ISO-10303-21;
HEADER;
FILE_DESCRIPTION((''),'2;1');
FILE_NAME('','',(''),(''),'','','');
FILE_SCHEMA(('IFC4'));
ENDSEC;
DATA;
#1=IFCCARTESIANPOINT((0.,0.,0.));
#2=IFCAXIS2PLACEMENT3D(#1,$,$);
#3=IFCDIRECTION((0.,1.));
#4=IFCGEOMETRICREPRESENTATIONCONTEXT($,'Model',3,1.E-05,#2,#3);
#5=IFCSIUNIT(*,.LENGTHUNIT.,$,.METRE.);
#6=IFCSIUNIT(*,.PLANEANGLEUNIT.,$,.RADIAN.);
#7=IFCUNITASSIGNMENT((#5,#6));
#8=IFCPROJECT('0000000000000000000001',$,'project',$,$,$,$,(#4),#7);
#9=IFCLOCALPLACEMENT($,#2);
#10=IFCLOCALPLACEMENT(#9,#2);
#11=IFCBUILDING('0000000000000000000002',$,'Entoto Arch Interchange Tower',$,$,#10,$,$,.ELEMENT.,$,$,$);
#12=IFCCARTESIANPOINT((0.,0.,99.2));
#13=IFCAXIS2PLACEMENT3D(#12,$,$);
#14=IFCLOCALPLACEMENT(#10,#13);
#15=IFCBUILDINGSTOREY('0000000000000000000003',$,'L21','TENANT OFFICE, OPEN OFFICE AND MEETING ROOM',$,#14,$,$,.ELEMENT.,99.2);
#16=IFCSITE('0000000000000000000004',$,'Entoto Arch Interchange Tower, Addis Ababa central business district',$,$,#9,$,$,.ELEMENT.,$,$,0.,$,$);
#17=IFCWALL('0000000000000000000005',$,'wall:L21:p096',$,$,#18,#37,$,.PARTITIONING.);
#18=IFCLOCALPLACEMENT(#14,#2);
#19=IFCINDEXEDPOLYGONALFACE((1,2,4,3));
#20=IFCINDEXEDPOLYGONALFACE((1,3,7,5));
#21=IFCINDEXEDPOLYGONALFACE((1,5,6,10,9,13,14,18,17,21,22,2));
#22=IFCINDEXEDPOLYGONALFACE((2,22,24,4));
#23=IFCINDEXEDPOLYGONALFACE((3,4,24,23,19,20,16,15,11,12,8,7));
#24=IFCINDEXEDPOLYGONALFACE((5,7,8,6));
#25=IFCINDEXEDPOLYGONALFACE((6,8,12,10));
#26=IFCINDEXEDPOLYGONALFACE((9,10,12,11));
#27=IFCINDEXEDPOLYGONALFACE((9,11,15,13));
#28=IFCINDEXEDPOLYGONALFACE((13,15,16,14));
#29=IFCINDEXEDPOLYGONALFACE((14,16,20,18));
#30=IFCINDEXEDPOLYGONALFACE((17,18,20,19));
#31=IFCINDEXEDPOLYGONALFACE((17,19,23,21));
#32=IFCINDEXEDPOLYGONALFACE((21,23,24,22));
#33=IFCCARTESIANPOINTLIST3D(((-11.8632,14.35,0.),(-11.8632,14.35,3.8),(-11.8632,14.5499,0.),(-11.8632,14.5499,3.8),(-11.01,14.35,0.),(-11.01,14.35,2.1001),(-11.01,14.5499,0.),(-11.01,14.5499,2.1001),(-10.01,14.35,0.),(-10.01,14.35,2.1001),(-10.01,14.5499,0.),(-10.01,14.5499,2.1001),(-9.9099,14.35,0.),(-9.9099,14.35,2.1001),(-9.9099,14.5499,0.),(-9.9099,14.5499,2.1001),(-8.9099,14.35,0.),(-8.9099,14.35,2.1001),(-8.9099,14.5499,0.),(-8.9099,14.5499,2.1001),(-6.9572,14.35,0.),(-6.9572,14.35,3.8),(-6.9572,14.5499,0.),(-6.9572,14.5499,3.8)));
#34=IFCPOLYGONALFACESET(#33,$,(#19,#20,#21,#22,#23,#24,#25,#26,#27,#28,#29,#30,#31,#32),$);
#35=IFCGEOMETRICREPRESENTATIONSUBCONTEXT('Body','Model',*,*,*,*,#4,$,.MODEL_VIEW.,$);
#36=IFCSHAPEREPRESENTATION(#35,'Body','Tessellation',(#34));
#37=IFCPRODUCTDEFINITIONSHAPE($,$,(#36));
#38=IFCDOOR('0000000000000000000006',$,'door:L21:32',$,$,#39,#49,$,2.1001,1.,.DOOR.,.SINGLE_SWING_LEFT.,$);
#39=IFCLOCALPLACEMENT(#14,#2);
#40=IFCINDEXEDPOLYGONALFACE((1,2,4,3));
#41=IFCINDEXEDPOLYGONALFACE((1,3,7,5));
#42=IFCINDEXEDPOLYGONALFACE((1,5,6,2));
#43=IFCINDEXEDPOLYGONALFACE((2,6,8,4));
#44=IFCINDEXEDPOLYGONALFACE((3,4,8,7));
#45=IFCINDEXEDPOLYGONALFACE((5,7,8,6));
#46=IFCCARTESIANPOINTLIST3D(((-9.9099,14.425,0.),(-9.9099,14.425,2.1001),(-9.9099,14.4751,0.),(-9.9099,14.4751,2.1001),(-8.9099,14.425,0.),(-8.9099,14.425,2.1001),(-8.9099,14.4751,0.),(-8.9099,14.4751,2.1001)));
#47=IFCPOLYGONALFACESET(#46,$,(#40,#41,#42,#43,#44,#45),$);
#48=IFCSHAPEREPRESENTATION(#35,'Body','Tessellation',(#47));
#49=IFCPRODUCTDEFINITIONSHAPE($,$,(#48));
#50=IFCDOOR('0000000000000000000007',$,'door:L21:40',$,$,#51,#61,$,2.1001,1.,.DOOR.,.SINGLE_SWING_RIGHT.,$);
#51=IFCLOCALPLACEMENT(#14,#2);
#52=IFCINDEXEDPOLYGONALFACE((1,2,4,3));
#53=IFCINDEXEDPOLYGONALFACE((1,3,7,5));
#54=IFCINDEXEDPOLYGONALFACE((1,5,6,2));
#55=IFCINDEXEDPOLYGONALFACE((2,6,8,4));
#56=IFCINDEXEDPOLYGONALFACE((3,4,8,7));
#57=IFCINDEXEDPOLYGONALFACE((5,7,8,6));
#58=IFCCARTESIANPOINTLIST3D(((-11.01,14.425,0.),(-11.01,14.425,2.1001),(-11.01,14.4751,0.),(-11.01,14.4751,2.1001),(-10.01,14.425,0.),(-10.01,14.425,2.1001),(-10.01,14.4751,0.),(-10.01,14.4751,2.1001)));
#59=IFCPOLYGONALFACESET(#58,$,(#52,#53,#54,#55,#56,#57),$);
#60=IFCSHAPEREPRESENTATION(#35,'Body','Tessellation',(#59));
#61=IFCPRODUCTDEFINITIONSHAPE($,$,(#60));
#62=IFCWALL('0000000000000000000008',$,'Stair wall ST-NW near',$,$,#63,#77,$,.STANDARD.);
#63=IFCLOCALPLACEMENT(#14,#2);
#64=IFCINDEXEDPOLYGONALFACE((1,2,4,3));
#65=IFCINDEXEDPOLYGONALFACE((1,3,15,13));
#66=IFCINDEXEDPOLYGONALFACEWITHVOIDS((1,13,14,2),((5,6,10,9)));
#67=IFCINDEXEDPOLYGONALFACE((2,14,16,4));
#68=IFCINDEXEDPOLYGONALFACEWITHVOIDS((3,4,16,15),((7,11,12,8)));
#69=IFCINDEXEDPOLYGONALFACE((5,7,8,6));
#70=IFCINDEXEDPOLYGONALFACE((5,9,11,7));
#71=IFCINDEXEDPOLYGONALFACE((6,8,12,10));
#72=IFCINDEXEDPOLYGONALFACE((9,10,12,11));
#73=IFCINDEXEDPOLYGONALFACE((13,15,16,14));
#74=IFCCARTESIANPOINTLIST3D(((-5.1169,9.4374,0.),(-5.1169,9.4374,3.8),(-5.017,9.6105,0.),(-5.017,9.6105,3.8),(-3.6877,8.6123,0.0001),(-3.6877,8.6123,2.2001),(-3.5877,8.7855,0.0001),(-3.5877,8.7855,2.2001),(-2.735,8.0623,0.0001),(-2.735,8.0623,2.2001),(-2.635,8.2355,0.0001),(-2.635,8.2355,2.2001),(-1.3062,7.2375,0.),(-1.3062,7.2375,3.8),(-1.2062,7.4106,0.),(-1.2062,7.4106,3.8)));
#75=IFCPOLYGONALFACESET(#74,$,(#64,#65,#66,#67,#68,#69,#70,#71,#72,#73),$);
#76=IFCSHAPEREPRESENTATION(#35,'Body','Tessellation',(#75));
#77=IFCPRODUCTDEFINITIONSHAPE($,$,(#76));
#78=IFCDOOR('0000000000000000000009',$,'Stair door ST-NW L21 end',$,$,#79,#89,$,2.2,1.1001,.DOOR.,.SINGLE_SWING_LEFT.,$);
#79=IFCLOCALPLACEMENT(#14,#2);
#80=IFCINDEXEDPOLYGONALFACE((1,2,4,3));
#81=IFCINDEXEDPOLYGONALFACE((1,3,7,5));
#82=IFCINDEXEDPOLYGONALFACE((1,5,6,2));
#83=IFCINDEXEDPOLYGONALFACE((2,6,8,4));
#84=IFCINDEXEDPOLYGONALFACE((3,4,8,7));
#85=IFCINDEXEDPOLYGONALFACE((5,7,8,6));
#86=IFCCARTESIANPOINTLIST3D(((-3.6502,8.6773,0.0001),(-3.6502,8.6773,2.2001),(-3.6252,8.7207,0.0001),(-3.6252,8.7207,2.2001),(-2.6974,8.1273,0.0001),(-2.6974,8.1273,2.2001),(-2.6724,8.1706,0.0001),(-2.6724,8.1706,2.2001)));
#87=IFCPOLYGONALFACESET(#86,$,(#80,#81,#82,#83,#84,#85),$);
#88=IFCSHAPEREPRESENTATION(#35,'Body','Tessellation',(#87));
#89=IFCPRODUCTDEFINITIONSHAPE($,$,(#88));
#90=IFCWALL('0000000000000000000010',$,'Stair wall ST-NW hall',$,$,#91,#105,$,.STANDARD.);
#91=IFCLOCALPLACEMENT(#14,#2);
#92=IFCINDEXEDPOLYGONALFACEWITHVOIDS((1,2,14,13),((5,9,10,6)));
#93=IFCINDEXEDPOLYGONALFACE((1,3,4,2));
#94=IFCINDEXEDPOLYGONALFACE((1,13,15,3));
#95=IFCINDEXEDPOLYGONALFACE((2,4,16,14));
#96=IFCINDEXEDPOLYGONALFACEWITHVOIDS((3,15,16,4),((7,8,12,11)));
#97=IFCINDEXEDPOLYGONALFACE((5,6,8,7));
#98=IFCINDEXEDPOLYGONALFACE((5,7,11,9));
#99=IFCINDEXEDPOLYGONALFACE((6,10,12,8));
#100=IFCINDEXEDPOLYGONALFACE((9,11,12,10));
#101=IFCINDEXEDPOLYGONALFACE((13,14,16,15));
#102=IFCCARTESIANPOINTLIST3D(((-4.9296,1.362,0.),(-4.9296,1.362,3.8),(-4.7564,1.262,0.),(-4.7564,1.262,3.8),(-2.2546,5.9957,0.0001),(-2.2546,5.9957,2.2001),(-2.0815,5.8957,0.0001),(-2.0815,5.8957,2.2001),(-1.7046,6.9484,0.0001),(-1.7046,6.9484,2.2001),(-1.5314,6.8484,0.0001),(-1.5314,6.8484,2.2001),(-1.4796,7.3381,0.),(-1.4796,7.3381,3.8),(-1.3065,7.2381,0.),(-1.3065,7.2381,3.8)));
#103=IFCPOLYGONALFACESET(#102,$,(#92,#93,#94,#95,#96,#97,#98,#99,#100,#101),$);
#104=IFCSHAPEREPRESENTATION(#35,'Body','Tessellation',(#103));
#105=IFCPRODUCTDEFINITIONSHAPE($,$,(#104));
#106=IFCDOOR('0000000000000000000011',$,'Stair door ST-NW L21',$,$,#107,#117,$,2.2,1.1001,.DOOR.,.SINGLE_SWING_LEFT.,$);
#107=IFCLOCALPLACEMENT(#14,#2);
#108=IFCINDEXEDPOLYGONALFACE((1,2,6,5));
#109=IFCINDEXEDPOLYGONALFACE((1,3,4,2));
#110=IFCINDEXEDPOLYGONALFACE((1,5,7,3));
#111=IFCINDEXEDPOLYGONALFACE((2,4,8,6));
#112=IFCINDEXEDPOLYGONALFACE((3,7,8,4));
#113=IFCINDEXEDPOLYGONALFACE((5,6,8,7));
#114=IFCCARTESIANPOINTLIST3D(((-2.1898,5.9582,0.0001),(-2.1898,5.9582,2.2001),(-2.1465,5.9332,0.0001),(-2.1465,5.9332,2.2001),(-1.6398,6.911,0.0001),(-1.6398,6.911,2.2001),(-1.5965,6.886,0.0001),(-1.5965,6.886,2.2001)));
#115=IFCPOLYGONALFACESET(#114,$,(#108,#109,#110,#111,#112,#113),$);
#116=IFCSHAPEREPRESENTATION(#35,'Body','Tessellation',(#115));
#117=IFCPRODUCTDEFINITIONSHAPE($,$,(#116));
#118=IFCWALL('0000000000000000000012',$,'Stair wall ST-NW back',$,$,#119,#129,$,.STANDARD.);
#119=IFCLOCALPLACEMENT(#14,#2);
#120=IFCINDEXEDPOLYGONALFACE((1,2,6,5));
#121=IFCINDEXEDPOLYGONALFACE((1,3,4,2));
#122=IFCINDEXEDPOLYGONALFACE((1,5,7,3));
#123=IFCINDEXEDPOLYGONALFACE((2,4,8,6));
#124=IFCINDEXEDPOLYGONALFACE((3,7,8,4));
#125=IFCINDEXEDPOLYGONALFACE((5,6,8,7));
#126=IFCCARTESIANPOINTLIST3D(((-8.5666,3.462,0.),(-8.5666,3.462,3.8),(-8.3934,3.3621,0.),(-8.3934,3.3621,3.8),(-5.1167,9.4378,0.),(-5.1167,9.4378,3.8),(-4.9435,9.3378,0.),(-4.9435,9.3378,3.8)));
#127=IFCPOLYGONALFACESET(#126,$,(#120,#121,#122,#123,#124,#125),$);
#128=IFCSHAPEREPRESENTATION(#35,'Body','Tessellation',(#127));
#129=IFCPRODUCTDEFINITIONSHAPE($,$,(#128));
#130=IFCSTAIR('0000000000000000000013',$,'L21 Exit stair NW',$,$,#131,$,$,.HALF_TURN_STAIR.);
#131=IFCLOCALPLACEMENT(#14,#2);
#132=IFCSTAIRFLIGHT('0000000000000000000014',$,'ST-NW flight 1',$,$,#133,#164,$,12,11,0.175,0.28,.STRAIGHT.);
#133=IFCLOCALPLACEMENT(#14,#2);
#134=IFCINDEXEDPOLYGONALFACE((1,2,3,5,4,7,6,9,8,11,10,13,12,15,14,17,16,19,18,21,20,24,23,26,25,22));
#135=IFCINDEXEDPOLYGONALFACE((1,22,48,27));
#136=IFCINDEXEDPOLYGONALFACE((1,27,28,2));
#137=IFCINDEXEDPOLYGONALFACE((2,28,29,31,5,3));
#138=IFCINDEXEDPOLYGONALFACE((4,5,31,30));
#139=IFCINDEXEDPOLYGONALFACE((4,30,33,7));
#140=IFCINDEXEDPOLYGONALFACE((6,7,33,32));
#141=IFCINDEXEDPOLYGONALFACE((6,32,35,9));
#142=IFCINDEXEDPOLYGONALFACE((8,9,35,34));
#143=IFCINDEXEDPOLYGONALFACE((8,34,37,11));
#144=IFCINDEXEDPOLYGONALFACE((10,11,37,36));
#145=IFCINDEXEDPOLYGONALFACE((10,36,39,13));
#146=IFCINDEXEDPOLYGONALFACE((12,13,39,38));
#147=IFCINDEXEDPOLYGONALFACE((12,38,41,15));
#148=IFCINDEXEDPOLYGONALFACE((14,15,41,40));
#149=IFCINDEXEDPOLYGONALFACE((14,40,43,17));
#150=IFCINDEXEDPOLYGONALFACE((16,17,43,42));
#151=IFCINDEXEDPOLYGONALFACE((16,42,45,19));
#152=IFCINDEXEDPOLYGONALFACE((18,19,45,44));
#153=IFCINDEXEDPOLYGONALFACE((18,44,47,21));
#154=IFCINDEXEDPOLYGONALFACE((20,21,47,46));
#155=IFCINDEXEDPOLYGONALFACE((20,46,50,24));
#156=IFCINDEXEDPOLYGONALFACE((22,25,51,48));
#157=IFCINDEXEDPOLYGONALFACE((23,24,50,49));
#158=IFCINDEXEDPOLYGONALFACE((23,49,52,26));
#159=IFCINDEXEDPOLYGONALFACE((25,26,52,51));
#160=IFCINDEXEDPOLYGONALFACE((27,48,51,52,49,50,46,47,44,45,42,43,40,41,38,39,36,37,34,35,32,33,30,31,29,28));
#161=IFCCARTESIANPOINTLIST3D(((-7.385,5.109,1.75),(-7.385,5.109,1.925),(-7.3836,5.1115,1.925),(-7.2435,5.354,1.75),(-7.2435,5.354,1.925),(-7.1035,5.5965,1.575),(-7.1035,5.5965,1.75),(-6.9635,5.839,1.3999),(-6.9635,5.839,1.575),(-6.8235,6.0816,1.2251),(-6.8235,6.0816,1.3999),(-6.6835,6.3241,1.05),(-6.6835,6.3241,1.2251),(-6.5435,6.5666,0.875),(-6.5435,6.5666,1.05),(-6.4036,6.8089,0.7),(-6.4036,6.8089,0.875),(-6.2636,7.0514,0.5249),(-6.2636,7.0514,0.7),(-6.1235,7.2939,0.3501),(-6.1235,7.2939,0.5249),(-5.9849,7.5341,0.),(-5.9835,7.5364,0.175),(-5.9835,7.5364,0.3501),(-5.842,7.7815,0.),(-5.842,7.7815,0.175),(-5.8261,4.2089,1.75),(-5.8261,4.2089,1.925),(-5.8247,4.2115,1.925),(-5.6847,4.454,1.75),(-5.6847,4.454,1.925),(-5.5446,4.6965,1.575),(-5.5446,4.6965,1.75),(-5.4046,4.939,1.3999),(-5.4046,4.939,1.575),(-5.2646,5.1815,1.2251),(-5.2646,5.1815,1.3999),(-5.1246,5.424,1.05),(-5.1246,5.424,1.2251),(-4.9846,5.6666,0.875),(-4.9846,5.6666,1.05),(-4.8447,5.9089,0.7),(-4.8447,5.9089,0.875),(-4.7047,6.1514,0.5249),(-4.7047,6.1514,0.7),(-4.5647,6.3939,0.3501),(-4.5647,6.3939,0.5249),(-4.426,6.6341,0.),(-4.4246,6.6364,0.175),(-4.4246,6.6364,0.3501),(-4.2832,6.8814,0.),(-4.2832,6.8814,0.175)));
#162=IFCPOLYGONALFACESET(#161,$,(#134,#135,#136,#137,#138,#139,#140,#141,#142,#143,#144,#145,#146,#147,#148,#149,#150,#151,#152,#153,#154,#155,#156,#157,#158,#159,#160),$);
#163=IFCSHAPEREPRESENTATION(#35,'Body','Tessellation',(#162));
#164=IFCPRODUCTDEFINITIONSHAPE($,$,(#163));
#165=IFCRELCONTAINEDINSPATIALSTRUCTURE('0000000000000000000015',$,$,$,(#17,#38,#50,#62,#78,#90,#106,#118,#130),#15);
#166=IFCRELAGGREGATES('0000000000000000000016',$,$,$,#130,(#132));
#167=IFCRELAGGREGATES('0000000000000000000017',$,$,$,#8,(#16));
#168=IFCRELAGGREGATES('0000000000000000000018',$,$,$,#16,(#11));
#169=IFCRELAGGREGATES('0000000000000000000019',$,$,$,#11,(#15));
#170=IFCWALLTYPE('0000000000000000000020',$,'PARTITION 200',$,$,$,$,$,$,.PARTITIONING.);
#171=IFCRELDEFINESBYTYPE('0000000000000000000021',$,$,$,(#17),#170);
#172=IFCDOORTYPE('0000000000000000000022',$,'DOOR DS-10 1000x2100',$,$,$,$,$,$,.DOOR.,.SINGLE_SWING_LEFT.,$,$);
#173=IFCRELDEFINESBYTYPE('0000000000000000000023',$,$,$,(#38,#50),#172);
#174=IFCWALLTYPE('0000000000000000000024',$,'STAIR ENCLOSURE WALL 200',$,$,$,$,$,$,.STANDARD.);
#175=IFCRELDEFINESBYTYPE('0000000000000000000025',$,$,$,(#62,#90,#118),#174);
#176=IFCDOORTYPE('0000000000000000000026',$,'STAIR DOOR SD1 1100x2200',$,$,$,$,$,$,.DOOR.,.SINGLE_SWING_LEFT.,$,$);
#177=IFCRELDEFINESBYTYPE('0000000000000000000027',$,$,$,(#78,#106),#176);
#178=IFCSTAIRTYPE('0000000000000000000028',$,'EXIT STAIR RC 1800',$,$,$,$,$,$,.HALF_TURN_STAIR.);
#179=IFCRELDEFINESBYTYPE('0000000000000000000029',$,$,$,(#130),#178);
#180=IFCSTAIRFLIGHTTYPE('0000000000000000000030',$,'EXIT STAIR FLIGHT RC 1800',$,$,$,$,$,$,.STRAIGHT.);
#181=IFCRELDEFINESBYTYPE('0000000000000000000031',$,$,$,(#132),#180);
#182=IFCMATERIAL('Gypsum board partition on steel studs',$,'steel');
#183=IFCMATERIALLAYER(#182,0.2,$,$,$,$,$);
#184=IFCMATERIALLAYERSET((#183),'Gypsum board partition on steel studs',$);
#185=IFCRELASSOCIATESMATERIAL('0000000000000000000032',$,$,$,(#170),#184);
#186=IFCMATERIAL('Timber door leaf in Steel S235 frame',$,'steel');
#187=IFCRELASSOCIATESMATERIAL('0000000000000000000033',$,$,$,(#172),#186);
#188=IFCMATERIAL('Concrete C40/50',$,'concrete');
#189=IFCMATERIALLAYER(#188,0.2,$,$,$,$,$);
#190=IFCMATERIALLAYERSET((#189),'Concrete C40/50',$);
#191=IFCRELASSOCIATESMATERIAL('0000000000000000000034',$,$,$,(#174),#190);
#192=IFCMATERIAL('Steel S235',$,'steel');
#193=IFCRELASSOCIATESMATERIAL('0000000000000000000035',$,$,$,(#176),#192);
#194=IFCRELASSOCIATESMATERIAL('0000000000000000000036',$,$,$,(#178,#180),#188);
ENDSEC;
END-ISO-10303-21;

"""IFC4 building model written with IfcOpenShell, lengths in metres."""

from ifc_helpers import new_model, si_unit, direction, frame, frame_2d, origin, place, context, subcontext, project, spatial, polyline, rectangle, outline, extrude, material, layer, layer_set, type_object, element, fill, aggregate, save


model = new_model("IFC4")

# Units and contexts
model_context = context("Model", 3, precision=1e-05, world=origin(), true_north=direction((0.0, 1.0)))
body_context = subcontext(model_context, "Body", "Model", "MODEL_VIEW")
ifc_project = project(units=[si_unit("LENGTHUNIT", "METRE"), si_unit("PLANEANGLEUNIT", "RADIAN")], contexts=[model_context])

# Site, building, storey
site_placement = place(None, origin())
site = spatial("IfcSite", under=ifc_project, at=site_placement, Name="Entoto Arch Interchange Tower, Addis Ababa central business district", CompositionType="ELEMENT", RefElevation=0.0)
building_placement = place(site_placement, origin())
building = spatial("IfcBuilding", under=site, at=building_placement, Name="Entoto Arch Interchange Tower", CompositionType="ELEMENT")
storey_placement = place(building_placement, frame((0.0, 0.0, 99.2)))
storey = spatial("IfcBuildingStorey", under=building, at=storey_placement, Name="L21", Description="TENANT OFFICE, OPEN OFFICE AND MEETING ROOM", CompositionType="ELEMENT", Elevation=99.2)

# Shared definitions
ifc_material_1 = material(Name="Concrete C40/50", Category="concrete")

# Wall, openings, doors
ifc_material_2 = material(Name="Gypsum board partition on steel studs", Category="steel")
ifc_layer_1 = layer(ifc_material_2, 0.2)
ifc_layer_set_1 = layer_set([ifc_layer_1], Name="Gypsum board partition on steel studs")
wall_type_1 = type_object("IfcWallType", Name="PARTITION 200", PredefinedType="PARTITIONING", material=ifc_layer_set_1)
wall_1_placement = place(storey_placement, frame((-6.957, 14.45, 0.0), z_axis=(0.0, 0.0, 1.0), x_axis=(-1.0, 0.0, 0.0)))
wall_1 = element("IfcWall", 1, at=wall_1_placement, inside=storey, type_object=wall_type_1, Name="wall:L21:p096", PredefinedType="PARTITIONING", context=body_context, shape_type="SweptSolid", body=[
    extrude(rectangle(XDim=4.906, YDim=0.2, at=frame_2d((2.4531, 0.0))), origin(), (0.0, 0.0, 1.0), 3.8),
])
opening_1_placement = place(wall_1_placement, frame((1.9529, 0.0, 0.0)))
opening_1 = element("IfcOpeningElement", 2, at=opening_1_placement, cuts=wall_1, PredefinedType="OPENING", context=body_context, shape_type="SweptSolid", body=[
    extrude(rectangle(XDim=1.0, YDim=2.1001, at=frame_2d((0.5, 1.05))), frame((0.0, 0.1099, 0.0), z_axis=(0.0, -1.0, 0.0), x_axis=(1.0, 0.0, 0.0)), (0.0, 0.0, 1.0), 0.22),
])
opening_2_placement = place(wall_1_placement, frame((3.053, 0.0, 0.0)))
opening_2 = element("IfcOpeningElement", 3, at=opening_2_placement, cuts=wall_1, PredefinedType="OPENING", context=body_context, shape_type="SweptSolid", body=[
    extrude(rectangle(XDim=1.0, YDim=2.1001, at=frame_2d((0.5, 1.05))), frame((0.0, 0.1099, 0.0), z_axis=(0.0, -1.0, 0.0), x_axis=(1.0, 0.0, 0.0)), (0.0, 0.0, 1.0), 0.22),
])
ifc_material_3 = material(Name="Timber door leaf in Steel S235 frame", Category="steel")
door_type_1 = type_object("IfcDoorType", Name="DOOR DS-10 1000x2100", OperationType="SINGLE_SWING_LEFT", PredefinedType="DOOR", material=ifc_material_3)
door_1_placement = place(opening_1_placement, origin())
door_1 = element("IfcDoor", 4, at=door_1_placement, inside=storey, type_object=door_type_1, Name="door:L21:32", OperationType="SINGLE_SWING_LEFT", OverallHeight=2.1001, OverallWidth=1.0, PredefinedType="DOOR", context=body_context, shape_type="SweptSolid", body=[
    extrude(rectangle(XDim=1.0, YDim=2.1001, at=frame_2d((0.5, 1.05))), frame((0.0, 0.0249, 0.0), z_axis=(0.0, -1.0, 0.0), x_axis=(1.0, 0.0, 0.0)), (0.0, 0.0, 1.0), 0.05),
])
fill(opening_1, door_1)
door_2_placement = place(opening_2_placement, origin())
door_2 = element("IfcDoor", 5, at=door_2_placement, inside=storey, type_object=door_type_1, Name="door:L21:40", OperationType="SINGLE_SWING_RIGHT", OverallHeight=2.1001, OverallWidth=1.0, PredefinedType="DOOR", context=body_context, shape_type="SweptSolid", body=[
    extrude(rectangle(XDim=1.0, YDim=2.1001, at=frame_2d((0.5, 1.05))), frame((0.0, 0.0249, 0.0), z_axis=(0.0, -1.0, 0.0), x_axis=(1.0, 0.0, 0.0)), (0.0, 0.0, 1.0), 0.05),
])
fill(opening_2, door_2)

# Walls, openings, doors
ifc_layer_2 = layer(ifc_material_1, 0.2)
ifc_layer_set_2 = layer_set([ifc_layer_2], Name="Concrete C40/50")
wall_type_2 = type_object("IfcWallType", Name="STAIR ENCLOSURE WALL 200", PredefinedType="STANDARD", material=ifc_layer_set_2)
wall_2_placement = place(storey_placement, frame((-1.2561, 7.324, 0.0), z_axis=(0.0, 0.0, 1.0), x_axis=(-0.866046, 0.499964, 0.0)))
wall_2 = element("IfcWall", 6, at=wall_2_placement, inside=storey, type_object=wall_type_2, Name="Stair wall ST-NW near", PredefinedType="STANDARD", context=body_context, shape_type="SweptSolid", body=[
    extrude(rectangle(XDim=4.4001, YDim=0.2, at=frame_2d((2.2002, 0.0))), origin(), (0.0, 0.0, 1.0), 3.8),
])
opening_3_placement = place(wall_2_placement, frame((1.6499, 0.0, 0.0)))
opening_3 = element("IfcOpeningElement", 7, at=opening_3_placement, cuts=wall_2, PredefinedType="OPENING", context=body_context, shape_type="SweptSolid", body=[
    extrude(rectangle(XDim=1.1001, YDim=2.2, at=frame_2d((0.55, 1.1001))), frame((0.0, 0.1099, 0.0), z_axis=(0.0, -1.0, 0.0), x_axis=(1.0, 0.0, 0.0)), (0.0, 0.0, 1.0), 0.22),
])
ifc_material_4 = material(Name="Steel S235", Category="steel")
door_type_2 = type_object("IfcDoorType", Name="STAIR DOOR SD1 1100x2200", OperationType="SINGLE_SWING_LEFT", PredefinedType="DOOR", material=ifc_material_4)
door_3_placement = place(opening_3_placement, origin())
door_3 = element("IfcDoor", 8, at=door_3_placement, inside=storey, type_object=door_type_2, Name="Stair door ST-NW L21 end", OperationType="SINGLE_SWING_LEFT", OverallHeight=2.2, OverallWidth=1.1001, PredefinedType="DOOR", context=body_context, shape_type="SweptSolid", body=[
    extrude(rectangle(XDim=1.1001, YDim=2.2, at=frame_2d((0.55, 1.1001))), frame((0.0, 0.0249, 0.0), z_axis=(0.0, -1.0, 0.0), x_axis=(1.0, 0.0, 0.0)), (0.0, 0.0, 1.0), 0.05),
])
fill(opening_3, door_3)
wall_3_placement = place(storey_placement, frame((-1.3931, 7.2881, 0.0), z_axis=(0.0, 0.0, 1.0), x_axis=(-0.499963, -0.866047, 0.0)))
wall_3 = element("IfcWall", 9, at=wall_3_placement, inside=storey, type_object=wall_type_2, Name="Stair wall ST-NW hall", PredefinedType="STANDARD", context=body_context, shape_type="SweptSolid", body=[
    extrude(rectangle(XDim=6.9004, YDim=0.2, at=frame_2d((3.4502, 0.0))), origin(), (0.0, 0.0, 1.0), 3.8),
])
opening_4_placement = place(wall_3_placement, frame((0.45, 0.0, 0.0)))
opening_4 = element("IfcOpeningElement", 10, at=opening_4_placement, cuts=wall_3, PredefinedType="OPENING", context=body_context, shape_type="SweptSolid", body=[
    extrude(rectangle(XDim=1.1001, YDim=2.2, at=frame_2d((0.55, 1.1001))), frame((0.0, 0.1099, 0.0), z_axis=(0.0, -1.0, 0.0), x_axis=(1.0, 0.0, 0.0)), (0.0, 0.0, 1.0), 0.22),
])
door_4_placement = place(opening_4_placement, origin())
door_4 = element("IfcDoor", 11, at=door_4_placement, inside=storey, type_object=door_type_2, Name="Stair door ST-NW L21", OperationType="SINGLE_SWING_LEFT", OverallHeight=2.2, OverallWidth=1.1001, PredefinedType="DOOR", context=body_context, shape_type="SweptSolid", body=[
    extrude(rectangle(XDim=1.1001, YDim=2.2, at=frame_2d((0.55, 1.1001))), frame((0.0, 0.0249, 0.0), z_axis=(0.0, -1.0, 0.0), x_axis=(1.0, 0.0, 0.0)), (0.0, 0.0, 1.0), 0.05),
])
fill(opening_4, door_4)

# Wall
wall_4_placement = place(storey_placement, frame((-5.03, 9.3879, 0.0), z_axis=(0.0, 0.0, 1.0), x_axis=(-0.499979, -0.866038, 0.0)))
element("IfcWall", 12, at=wall_4_placement, inside=storey, type_object=wall_type_2, Name="Stair wall ST-NW back", PredefinedType="STANDARD", context=body_context, shape_type="SweptSolid", body=[
    extrude(rectangle(XDim=6.9001, YDim=0.2, at=frame_2d((3.4502, 0.0))), origin(), (0.0, 0.0, 1.0), 3.8),
])

# Stair, stair flight
stair_type = type_object("IfcStairType", Name="EXIT STAIR RC 1800", PredefinedType="HALF_TURN_STAIR", material=ifc_material_1)
stair_placement = place(storey_placement, origin())
stair = element("IfcStair", 13, at=stair_placement, inside=storey, type_object=stair_type, Name="L21 Exit stair NW", PredefinedType="HALF_TURN_STAIR")
stair_flight_type = type_object("IfcStairFlightType", Name="EXIT STAIR FLIGHT RC 1800", PredefinedType="STRAIGHT", material=ifc_material_1)
stair_flight_placement = place(storey_placement, frame((-5.064, 7.3289, 0.0), z_axis=(0.0, 0.0, 1.0), x_axis=(-0.5, -0.866025, 0.0)))
stair_flight = element("IfcStairFlight", 14, at=stair_flight_placement, type_object=stair_flight_type, Name="ST-NW flight 1", NumberOfRisers=12, NumberOfTreads=11, PredefinedType="STRAIGHT", RiserHeight=0.175, TreadLength=0.28, context=body_context, shape_type="SweptSolid", body=[
    extrude(outline(polyline([(-0.0029, 0.0), (-0.0029, 0.175), (0.28, 0.175), (0.28, 0.3501), (0.5601, 0.3501), (0.5601, 0.5249), (0.8401, 0.5249), (0.8401, 0.7), (1.1201, 0.7), (1.1201, 0.875), (1.3999, 0.875), (1.3999, 1.05), (1.6799, 1.05), (1.6799, 1.2251), (1.96, 1.2251), (1.96, 1.3999), (2.24, 1.3999), (2.24, 1.575), (2.52, 1.575), (2.52, 1.75), (2.8, 1.75), (2.8, 1.925), (3.0801, 1.925), (3.083, 1.925), (3.083, 1.75), (0.2827, 0.0), (-0.0029, 0.0)])), frame((0.0, 0.8999, 0.0), z_axis=(0.0, -1.0, 0.0), x_axis=(1.0, 0.0, 0.0)), (0.0, 0.0, 1.0), 1.8),
])
aggregate(stair, [stair_flight])

save(model, "model.ifc")
